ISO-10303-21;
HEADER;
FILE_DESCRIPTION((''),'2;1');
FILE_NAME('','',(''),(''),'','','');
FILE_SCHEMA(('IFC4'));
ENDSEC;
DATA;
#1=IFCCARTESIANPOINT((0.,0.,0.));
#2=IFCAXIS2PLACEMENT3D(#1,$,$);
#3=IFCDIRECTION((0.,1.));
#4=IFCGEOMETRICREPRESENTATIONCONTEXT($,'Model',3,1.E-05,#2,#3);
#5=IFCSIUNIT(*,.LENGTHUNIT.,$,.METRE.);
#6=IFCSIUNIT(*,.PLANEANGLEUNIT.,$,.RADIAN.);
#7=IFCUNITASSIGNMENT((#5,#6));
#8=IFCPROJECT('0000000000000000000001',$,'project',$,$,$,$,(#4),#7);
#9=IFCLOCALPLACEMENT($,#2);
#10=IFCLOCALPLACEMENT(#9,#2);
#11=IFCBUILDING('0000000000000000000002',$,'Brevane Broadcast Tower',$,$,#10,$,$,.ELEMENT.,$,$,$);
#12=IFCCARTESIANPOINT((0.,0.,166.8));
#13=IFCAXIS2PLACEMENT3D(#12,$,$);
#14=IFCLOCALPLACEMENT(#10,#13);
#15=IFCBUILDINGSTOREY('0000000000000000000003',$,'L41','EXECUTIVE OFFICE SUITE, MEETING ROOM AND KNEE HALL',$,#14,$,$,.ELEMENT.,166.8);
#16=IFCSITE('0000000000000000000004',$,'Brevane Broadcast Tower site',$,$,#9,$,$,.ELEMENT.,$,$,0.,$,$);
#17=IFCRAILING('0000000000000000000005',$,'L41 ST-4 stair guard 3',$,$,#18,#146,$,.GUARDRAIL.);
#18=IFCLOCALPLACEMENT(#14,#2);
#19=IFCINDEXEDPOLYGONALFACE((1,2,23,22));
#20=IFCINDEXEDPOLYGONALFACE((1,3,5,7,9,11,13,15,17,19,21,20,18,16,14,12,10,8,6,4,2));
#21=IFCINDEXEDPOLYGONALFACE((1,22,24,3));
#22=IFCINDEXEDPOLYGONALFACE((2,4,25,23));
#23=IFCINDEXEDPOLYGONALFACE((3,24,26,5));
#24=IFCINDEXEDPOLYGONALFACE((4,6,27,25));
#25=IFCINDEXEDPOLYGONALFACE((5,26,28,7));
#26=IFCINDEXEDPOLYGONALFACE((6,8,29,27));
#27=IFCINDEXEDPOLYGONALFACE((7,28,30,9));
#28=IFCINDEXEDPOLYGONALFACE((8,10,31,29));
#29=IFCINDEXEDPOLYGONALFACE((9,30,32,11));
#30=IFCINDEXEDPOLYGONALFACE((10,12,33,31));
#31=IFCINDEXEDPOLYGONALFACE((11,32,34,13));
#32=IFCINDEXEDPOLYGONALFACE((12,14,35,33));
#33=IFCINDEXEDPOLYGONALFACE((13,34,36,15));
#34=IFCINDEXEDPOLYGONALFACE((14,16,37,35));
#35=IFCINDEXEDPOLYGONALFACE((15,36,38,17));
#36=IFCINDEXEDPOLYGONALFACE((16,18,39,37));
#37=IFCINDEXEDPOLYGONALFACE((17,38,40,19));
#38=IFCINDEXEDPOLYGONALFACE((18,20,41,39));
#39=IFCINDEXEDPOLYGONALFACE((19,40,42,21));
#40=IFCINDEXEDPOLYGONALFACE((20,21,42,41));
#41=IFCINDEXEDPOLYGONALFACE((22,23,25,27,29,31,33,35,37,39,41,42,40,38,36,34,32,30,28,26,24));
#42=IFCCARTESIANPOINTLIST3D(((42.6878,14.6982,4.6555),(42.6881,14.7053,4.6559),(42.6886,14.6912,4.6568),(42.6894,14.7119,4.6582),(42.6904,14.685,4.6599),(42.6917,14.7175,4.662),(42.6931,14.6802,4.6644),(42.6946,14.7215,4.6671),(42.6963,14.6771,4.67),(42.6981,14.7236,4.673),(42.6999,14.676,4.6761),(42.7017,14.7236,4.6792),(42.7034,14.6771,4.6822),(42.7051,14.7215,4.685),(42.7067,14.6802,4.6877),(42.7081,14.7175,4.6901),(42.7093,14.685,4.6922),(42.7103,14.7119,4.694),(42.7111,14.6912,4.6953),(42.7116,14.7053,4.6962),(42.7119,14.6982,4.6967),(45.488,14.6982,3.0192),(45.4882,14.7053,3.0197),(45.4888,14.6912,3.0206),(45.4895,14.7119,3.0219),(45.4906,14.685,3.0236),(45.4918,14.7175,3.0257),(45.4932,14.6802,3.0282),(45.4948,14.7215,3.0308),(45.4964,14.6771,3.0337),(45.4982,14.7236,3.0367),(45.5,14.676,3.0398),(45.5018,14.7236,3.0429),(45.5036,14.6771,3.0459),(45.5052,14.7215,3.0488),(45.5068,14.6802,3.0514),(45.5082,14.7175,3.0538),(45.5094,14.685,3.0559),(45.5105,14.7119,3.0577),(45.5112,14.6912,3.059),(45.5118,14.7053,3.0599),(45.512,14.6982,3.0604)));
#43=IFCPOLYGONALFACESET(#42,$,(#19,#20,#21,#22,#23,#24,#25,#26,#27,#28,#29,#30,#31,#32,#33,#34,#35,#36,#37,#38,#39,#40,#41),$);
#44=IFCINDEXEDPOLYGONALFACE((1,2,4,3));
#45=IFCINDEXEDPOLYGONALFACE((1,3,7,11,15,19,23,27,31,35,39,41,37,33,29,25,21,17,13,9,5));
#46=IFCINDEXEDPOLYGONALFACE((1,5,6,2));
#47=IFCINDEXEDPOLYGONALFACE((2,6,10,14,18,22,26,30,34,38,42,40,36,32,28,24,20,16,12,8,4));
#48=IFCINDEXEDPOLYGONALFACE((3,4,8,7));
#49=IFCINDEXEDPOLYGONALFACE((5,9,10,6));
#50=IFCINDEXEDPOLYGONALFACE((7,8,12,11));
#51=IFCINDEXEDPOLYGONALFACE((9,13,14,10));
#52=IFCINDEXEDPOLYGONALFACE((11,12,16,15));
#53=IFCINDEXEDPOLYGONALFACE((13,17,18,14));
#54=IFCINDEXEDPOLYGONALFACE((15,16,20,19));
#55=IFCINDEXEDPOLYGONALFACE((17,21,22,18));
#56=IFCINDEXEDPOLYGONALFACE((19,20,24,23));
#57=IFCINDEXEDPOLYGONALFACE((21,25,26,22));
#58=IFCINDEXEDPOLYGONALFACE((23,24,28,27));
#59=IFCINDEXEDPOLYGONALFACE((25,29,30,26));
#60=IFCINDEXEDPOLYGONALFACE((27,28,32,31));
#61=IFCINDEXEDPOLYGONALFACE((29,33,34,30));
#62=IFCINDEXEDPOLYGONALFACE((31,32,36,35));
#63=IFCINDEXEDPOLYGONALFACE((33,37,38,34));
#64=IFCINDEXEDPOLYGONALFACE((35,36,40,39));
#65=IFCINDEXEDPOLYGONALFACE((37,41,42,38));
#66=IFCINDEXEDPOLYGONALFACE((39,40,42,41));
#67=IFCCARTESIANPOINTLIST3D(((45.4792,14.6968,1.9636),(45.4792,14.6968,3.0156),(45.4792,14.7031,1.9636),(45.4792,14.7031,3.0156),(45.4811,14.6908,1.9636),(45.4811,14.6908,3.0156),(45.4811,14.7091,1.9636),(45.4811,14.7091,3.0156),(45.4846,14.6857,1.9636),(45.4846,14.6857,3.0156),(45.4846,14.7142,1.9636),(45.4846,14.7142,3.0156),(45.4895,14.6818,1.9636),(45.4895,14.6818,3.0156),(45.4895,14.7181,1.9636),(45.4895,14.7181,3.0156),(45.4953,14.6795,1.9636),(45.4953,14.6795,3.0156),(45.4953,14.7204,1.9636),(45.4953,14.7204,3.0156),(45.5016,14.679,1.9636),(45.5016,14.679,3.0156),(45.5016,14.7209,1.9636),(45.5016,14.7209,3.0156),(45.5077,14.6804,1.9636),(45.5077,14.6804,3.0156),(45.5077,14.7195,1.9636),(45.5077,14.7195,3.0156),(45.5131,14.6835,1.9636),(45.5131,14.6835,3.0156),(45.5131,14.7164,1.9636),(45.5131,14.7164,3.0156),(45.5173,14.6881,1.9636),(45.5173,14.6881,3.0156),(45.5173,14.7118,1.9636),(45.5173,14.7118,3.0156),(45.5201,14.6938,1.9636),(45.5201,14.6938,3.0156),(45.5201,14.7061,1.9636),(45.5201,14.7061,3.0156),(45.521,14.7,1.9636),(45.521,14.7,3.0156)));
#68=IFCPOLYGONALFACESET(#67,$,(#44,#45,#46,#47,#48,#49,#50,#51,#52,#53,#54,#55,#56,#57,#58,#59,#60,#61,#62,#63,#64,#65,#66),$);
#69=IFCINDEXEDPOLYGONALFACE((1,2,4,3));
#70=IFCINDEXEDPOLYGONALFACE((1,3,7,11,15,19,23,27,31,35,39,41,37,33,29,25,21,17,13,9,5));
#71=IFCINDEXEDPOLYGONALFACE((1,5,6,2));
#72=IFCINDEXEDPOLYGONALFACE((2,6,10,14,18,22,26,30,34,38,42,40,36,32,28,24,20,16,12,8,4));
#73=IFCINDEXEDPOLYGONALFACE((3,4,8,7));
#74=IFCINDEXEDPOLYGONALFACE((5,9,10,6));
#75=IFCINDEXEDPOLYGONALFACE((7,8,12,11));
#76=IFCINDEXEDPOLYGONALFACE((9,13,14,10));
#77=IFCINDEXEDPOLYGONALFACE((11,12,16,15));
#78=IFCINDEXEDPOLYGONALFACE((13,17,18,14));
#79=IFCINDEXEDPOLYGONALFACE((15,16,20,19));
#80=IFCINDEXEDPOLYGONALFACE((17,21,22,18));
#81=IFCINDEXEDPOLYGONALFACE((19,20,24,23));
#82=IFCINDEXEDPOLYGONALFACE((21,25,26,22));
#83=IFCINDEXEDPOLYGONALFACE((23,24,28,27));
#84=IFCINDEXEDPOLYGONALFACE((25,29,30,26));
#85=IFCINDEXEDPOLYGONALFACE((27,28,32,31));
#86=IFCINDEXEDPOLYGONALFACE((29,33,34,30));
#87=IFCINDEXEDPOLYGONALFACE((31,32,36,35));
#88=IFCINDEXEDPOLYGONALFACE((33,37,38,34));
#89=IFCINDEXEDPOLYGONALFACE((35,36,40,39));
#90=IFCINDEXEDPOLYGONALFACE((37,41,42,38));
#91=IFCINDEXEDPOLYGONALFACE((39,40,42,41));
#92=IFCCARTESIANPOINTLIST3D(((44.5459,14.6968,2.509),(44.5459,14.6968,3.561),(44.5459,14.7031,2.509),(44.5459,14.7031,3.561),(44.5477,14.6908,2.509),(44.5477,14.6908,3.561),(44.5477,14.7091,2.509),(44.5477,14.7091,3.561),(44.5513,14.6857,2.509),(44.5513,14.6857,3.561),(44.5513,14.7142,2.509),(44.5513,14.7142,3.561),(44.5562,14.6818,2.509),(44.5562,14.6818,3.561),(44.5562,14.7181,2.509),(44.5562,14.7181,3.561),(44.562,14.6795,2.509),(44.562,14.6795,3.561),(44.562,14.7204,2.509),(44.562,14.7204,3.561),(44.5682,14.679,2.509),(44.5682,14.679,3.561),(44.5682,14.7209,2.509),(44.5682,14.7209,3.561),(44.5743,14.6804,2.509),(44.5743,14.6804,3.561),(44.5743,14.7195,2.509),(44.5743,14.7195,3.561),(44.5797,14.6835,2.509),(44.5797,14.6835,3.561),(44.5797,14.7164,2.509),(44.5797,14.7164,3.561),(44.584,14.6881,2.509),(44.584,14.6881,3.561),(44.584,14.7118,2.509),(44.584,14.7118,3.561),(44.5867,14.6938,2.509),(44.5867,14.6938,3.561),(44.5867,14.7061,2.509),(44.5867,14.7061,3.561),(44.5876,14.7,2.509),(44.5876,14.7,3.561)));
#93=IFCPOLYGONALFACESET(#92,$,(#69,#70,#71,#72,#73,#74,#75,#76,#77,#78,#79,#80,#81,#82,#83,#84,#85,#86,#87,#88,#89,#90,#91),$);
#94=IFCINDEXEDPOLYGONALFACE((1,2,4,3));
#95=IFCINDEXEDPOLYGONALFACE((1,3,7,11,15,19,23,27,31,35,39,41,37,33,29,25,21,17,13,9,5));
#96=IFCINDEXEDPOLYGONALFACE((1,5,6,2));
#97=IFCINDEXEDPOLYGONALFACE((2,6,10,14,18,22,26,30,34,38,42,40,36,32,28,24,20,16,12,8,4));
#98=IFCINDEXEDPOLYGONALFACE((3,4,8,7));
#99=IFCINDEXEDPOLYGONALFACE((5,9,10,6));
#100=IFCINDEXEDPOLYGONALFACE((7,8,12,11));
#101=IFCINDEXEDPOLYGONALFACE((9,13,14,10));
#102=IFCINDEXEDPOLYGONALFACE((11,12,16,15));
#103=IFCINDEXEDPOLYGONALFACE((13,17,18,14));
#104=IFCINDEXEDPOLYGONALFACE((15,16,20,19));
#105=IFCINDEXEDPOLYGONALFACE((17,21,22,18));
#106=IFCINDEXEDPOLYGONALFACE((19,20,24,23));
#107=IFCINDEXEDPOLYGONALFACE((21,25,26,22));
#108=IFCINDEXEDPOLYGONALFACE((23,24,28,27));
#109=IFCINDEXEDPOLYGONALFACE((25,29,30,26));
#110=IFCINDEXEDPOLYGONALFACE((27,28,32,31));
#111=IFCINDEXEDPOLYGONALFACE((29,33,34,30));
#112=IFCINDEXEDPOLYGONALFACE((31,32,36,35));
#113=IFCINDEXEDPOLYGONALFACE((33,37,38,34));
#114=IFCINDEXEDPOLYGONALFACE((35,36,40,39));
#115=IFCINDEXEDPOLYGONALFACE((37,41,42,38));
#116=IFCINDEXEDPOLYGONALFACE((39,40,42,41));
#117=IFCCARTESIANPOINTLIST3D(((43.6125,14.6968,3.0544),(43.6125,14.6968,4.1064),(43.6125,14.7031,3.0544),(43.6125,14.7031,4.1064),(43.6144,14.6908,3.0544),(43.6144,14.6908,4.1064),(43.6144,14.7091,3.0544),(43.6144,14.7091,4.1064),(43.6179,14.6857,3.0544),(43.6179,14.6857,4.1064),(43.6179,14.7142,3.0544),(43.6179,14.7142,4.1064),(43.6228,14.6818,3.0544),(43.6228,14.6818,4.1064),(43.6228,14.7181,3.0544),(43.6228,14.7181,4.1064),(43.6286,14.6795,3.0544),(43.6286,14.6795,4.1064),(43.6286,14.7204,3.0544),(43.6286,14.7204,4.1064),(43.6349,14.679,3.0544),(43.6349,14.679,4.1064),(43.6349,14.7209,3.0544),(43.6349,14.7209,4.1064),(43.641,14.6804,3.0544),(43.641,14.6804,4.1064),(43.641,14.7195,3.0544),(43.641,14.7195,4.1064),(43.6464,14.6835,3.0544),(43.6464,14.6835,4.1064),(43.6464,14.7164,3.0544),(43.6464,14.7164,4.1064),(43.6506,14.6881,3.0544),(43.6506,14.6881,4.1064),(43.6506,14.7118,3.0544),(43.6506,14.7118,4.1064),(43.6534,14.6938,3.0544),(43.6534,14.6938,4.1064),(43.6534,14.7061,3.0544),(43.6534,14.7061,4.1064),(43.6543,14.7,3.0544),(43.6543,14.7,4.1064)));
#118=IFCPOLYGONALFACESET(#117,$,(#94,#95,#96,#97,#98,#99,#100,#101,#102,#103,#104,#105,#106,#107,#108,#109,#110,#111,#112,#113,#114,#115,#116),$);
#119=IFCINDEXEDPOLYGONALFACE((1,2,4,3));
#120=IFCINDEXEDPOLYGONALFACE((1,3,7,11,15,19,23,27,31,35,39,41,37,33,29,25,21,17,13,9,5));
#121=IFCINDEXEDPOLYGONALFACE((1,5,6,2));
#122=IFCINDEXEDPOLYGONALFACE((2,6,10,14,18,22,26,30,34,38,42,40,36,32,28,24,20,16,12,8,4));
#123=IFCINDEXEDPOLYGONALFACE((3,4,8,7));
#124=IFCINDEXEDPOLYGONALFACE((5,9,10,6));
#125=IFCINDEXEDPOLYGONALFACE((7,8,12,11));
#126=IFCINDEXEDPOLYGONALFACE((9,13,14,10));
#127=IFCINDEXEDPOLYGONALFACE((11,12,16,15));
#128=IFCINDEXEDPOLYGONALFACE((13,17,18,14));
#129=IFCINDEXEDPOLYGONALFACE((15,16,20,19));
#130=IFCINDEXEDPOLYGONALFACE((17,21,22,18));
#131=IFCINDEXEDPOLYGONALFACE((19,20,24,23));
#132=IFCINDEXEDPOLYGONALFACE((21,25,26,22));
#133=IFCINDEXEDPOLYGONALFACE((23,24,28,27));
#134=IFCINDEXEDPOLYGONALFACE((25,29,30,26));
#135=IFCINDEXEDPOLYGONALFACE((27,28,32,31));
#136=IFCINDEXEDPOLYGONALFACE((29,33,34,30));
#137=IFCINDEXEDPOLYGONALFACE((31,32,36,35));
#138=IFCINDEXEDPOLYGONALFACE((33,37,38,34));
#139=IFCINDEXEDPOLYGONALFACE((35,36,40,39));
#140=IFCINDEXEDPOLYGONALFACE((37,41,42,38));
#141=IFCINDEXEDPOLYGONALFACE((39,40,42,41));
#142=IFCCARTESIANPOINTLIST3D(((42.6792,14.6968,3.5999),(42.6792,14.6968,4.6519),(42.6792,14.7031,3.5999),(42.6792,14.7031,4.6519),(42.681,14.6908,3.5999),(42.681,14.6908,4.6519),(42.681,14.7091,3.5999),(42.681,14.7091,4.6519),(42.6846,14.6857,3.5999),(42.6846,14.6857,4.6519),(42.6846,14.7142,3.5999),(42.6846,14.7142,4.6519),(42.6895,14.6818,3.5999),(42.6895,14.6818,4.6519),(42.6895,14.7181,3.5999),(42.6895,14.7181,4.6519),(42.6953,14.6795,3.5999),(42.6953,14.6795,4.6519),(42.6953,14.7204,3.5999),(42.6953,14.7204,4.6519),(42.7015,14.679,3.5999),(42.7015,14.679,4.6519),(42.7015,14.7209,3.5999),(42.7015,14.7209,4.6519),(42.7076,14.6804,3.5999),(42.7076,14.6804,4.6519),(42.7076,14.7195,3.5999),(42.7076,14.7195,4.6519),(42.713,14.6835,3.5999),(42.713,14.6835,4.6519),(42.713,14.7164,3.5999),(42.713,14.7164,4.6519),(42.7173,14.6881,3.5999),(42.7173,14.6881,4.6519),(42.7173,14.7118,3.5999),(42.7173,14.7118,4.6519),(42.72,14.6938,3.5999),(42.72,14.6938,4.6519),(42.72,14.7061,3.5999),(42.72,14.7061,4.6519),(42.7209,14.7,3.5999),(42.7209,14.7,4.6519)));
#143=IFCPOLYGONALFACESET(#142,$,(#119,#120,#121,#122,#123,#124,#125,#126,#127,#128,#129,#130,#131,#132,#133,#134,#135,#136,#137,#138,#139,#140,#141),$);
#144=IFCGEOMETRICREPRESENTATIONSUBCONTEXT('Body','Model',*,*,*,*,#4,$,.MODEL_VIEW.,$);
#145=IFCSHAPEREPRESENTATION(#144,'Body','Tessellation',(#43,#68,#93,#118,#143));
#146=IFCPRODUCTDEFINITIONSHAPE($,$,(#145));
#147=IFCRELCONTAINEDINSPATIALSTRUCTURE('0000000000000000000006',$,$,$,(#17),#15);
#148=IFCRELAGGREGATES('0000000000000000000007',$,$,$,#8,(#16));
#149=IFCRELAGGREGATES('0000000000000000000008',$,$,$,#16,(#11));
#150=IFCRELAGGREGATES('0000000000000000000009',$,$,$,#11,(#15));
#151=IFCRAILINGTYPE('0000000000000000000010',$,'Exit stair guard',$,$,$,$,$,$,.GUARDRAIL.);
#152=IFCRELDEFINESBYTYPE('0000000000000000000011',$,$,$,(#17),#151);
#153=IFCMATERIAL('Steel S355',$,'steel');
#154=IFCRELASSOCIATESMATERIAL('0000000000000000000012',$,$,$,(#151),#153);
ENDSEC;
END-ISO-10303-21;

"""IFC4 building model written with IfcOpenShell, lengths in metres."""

from ifc_helpers import new_model, si_unit, direction, frame, origin, origin_2d, place, context, subcontext, project, spatial, circle, extrude, material, type_object, element, save


model = new_model("IFC4")

# Units and contexts
model_context = context("Model", 3, precision=1e-05, world=origin(), true_north=direction((0.0, 1.0)))
body_context = subcontext(model_context, "Body", "Model", "MODEL_VIEW")
ifc_project = project(units=[si_unit("LENGTHUNIT", "METRE"), si_unit("PLANEANGLEUNIT", "RADIAN")], contexts=[model_context])

# Site, building, storey
site_placement = place(None, origin())
site = spatial("IfcSite", under=ifc_project, at=site_placement, Name="Brevane Broadcast Tower site", CompositionType="ELEMENT", RefElevation=0.0)
building_placement = place(site_placement, origin())
building = spatial("IfcBuilding", under=site, at=building_placement, Name="Brevane Broadcast Tower", CompositionType="ELEMENT")
storey_placement = place(building_placement, frame((0.0, 0.0, 166.8)))
storey = spatial("IfcBuildingStorey", under=building, at=storey_placement, Name="L41", Description="EXECUTIVE OFFICE SUITE, MEETING ROOM AND KNEE HALL", CompositionType="ELEMENT", Elevation=166.8)

# Railing
ifc_material_1 = material(Name="Steel S355", Category="steel")
railing_type_1 = type_object("IfcRailingType", Name="Exit stair guard", PredefinedType="GUARDRAIL", material=ifc_material_1)
railing_1_placement = place(storey_placement, frame((45.5, 14.7, 1.9636)))
element("IfcRailing", 1, at=railing_1_placement, inside=storey, type_object=railing_type_1, Name="L41 ST-4 stair guard 3", PredefinedType="GUARDRAIL", context=body_context, shape_type="SweptSolid", body=[
    extrude(circle(Radius=0.0239, at=origin_2d()), frame((0.0, 0.0, 1.0762), z_axis=(-0.863394, 0.0, 0.504531), x_axis=(0.0, -1.0, 0.0)), (0.0, 0.0, 1.0), 3.2432),
    extrude(circle(Radius=0.021, at=origin_2d()), origin(), (0.0, 0.0, 1.0), 1.052),
    extrude(circle(Radius=0.021, at=origin_2d()), frame((-0.9333, 0.0, 0.5454)), (0.0, 0.0, 1.0), 1.052),
    extrude(circle(Radius=0.021, at=origin_2d()), frame((-1.8667, 0.0, 1.0908)), (0.0, 0.0, 1.0), 1.052),
    extrude(circle(Radius=0.021, at=origin_2d()), frame((-2.8, 0.0, 1.6362)), (0.0, 0.0, 1.0), 1.052),
])

save(model, "model.ifc")
